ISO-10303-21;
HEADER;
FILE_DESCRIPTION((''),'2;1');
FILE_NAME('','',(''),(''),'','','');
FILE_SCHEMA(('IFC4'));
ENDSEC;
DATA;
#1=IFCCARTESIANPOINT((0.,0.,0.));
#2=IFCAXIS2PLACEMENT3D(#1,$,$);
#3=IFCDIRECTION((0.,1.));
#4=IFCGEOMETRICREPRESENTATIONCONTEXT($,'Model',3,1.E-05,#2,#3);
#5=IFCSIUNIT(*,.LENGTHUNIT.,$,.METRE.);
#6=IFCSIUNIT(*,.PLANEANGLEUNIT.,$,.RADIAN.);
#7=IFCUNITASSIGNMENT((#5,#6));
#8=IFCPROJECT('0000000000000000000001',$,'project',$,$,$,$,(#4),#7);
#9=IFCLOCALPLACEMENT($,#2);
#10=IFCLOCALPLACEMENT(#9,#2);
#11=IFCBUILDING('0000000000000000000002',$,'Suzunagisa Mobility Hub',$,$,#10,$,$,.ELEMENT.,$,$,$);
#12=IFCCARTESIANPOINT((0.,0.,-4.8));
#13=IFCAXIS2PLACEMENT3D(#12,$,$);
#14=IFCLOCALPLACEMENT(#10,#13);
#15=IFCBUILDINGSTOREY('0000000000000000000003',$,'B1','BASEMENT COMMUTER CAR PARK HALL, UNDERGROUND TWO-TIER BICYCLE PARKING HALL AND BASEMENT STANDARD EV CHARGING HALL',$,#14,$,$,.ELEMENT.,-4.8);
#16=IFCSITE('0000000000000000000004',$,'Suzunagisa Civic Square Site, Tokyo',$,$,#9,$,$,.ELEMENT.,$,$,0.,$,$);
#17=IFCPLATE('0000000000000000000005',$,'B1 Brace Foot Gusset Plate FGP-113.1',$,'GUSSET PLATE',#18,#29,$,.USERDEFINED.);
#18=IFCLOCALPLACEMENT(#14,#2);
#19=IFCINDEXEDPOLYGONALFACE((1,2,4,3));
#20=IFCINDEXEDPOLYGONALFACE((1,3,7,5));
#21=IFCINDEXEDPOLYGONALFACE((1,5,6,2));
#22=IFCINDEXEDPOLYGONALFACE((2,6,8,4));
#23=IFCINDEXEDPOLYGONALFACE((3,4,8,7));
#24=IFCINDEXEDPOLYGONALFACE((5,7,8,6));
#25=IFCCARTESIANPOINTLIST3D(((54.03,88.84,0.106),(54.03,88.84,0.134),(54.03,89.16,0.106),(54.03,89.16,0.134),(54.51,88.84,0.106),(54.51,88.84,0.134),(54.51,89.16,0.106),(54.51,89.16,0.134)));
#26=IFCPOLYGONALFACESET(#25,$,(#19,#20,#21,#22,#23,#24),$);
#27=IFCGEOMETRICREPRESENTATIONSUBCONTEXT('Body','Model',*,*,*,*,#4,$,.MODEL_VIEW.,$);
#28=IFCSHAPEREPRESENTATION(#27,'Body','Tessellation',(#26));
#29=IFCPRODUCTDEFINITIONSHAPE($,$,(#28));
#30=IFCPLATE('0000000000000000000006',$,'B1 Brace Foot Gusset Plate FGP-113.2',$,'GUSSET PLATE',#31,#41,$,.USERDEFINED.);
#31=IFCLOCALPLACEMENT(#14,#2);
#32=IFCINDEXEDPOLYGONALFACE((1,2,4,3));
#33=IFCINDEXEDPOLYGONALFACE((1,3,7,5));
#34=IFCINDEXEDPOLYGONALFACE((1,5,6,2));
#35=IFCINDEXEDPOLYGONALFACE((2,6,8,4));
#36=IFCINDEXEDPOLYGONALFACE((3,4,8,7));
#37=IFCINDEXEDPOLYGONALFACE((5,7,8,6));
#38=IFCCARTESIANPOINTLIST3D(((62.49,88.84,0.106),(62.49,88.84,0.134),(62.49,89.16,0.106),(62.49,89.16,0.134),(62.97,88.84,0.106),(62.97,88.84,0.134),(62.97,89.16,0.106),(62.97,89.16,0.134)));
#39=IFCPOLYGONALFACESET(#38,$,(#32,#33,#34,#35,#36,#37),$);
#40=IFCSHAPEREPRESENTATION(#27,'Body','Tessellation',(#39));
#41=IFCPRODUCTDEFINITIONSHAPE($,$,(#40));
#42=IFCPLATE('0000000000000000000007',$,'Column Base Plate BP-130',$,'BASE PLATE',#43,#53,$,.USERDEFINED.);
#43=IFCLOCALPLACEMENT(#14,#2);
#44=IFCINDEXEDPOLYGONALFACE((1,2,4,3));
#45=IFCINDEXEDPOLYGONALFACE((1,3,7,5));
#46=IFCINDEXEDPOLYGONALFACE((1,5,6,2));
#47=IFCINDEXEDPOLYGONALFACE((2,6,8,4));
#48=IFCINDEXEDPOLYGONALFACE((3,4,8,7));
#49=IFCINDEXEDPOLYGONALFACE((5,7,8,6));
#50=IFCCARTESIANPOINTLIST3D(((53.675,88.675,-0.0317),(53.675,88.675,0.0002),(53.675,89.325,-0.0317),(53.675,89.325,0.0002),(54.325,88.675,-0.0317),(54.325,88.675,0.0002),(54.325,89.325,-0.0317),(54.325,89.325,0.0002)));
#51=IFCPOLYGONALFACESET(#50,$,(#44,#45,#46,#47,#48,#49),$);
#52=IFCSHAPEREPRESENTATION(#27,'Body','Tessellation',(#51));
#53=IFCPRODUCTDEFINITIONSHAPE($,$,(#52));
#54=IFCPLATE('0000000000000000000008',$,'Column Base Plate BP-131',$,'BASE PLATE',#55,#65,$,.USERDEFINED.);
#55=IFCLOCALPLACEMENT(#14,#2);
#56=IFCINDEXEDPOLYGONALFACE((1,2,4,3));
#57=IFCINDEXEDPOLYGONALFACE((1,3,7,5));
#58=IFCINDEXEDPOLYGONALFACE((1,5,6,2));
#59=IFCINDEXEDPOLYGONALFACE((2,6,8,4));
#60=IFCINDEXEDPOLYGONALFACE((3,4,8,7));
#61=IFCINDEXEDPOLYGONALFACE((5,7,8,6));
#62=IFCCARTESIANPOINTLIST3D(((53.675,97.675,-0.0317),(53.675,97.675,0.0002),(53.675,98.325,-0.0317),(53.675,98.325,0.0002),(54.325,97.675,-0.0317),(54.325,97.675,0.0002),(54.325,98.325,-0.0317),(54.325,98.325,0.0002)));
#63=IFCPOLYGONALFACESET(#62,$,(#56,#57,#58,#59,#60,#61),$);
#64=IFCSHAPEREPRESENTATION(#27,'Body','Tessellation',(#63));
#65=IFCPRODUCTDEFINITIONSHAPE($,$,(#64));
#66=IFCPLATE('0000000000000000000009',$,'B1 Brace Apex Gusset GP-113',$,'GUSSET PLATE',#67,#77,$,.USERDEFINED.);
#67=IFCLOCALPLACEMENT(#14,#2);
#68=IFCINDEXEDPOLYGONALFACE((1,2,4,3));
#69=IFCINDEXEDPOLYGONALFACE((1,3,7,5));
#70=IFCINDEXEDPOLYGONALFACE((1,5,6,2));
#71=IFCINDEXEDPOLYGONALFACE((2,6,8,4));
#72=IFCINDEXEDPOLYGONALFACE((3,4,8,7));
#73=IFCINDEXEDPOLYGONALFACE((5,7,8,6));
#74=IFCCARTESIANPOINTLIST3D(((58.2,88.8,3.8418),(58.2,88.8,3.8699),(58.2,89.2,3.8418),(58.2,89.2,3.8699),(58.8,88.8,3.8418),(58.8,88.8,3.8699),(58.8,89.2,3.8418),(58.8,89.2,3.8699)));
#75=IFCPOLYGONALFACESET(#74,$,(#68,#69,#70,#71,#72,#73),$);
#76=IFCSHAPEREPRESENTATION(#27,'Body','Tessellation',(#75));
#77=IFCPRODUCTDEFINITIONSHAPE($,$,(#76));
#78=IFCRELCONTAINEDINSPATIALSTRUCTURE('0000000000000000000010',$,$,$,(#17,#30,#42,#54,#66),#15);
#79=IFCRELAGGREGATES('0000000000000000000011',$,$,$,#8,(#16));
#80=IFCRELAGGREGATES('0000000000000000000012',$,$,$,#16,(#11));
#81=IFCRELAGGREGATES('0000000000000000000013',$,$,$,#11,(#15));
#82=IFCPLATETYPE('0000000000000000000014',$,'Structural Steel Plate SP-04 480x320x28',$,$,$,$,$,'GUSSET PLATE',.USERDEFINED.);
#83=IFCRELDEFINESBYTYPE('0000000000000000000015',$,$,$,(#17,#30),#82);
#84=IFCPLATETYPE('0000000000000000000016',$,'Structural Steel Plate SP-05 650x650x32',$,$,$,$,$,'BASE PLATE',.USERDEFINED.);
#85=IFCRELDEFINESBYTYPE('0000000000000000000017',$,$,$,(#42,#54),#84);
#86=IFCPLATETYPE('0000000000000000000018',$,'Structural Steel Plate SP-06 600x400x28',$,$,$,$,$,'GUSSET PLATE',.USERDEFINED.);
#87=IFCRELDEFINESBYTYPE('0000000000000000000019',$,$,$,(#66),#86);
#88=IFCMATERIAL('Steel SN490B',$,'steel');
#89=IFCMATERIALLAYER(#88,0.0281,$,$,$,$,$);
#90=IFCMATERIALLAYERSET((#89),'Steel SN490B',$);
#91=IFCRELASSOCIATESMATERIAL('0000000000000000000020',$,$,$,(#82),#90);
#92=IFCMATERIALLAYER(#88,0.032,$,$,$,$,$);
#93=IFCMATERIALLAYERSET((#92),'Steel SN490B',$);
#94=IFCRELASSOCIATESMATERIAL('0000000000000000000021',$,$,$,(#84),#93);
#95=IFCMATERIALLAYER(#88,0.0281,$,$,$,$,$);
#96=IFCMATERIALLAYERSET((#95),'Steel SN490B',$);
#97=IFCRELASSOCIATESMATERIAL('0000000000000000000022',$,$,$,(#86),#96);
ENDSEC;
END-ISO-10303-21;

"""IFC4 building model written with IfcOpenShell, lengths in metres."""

from ifc_helpers import new_model, si_unit, direction, frame, origin, origin_2d, place, context, subcontext, project, spatial, rectangle, extrude, material, layer, layer_set, type_object, element, save


model = new_model("IFC4")

# Units and contexts
model_context = context("Model", 3, precision=1e-05, world=origin(), true_north=direction((0.0, 1.0)))
body_context = subcontext(model_context, "Body", "Model", "MODEL_VIEW")
ifc_project = project(units=[si_unit("LENGTHUNIT", "METRE"), si_unit("PLANEANGLEUNIT", "RADIAN")], contexts=[model_context])

# Site, building, storey
site_placement = place(None, origin())
site = spatial("IfcSite", under=ifc_project, at=site_placement, Name="Suzunagisa Civic Square Site, Tokyo", CompositionType="ELEMENT", RefElevation=0.0)
building_placement = place(site_placement, origin())
building = spatial("IfcBuilding", under=site, at=building_placement, Name="Suzunagisa Mobility Hub", CompositionType="ELEMENT")
storey_placement = place(building_placement, frame((0.0, 0.0, -4.8)))
storey = spatial("IfcBuildingStorey", under=building, at=storey_placement, Name="B1", Description="BASEMENT COMMUTER CAR PARK HALL, UNDERGROUND TWO-TIER BICYCLE PARKING HALL AND BASEMENT STANDARD EV CHARGING HALL", CompositionType="ELEMENT", Elevation=-4.8)

# Shared definitions
ifc_material_1 = material(Name="Steel SN490B", Category="steel")

# Plates
ifc_layer_1 = layer(ifc_material_1, 0.0281)
ifc_layer_set_1 = layer_set([ifc_layer_1], Name="Steel SN490B")
plate_type_1 = type_object("IfcPlateType", Name="Structural Steel Plate SP-04 480x320x28", ElementType="GUSSET PLATE", PredefinedType="USERDEFINED", material=ifc_layer_set_1)
for number, where, z_axis, x_axis, name in (
    (1, (54.27, 89.0, 0.106), (0.0, 0.0, 1.0), (1.0, 0.0, 0.0), "B1 Brace Foot Gusset Plate FGP-113.1"),
    (2, (62.73, 89.0, 0.106), (0.0, 0.0, 1.0), (1.0, 0.0, 0.0), "B1 Brace Foot Gusset Plate FGP-113.2"),
):
    element("IfcPlate", number, at=place(storey_placement, frame(where, z_axis=z_axis, x_axis=x_axis)), inside=storey, type_object=plate_type_1, Name=name, ObjectType="GUSSET PLATE", PredefinedType="USERDEFINED", context=body_context, shape_type="SweptSolid", body=[
        extrude(rectangle(XDim=0.48, YDim=0.3201, at=origin_2d()), origin(), (0.0, 0.0, 1.0), 0.0281),
    ])
ifc_layer_2 = layer(ifc_material_1, 0.032)
ifc_layer_set_2 = layer_set([ifc_layer_2], Name="Steel SN490B")
plate_type_2 = type_object("IfcPlateType", Name="Structural Steel Plate SP-05 650x650x32", ElementType="BASE PLATE", PredefinedType="USERDEFINED", material=ifc_layer_set_2)
for number, where, z_axis, x_axis, name in (
    (3, (54.0, 89.0, -0.0317), (0.0, 0.0, 1.0), (1.0, 0.0, 0.0), "Column Base Plate BP-130"),
    (4, (54.0, 98.0, -0.0317), (0.0, 0.0, 1.0), (1.0, 0.0, 0.0), "Column Base Plate BP-131"),
):
    element("IfcPlate", number, at=place(storey_placement, frame(where, z_axis=z_axis, x_axis=x_axis)), inside=storey, type_object=plate_type_2, Name=name, ObjectType="BASE PLATE", PredefinedType="USERDEFINED", context=body_context, shape_type="SweptSolid", body=[
        extrude(rectangle(XDim=0.6499, YDim=0.6499, at=origin_2d()), origin(), (0.0, 0.0, 1.0), 0.032),
    ])
ifc_layer_3 = layer(ifc_material_1, 0.0281)
ifc_layer_set_3 = layer_set([ifc_layer_3], Name="Steel SN490B")
plate_type_3 = type_object("IfcPlateType", Name="Structural Steel Plate SP-06 600x400x28", ElementType="GUSSET PLATE", PredefinedType="USERDEFINED", material=ifc_layer_set_3)
plate_placement = place(storey_placement, frame((58.5, 89.0, 3.8418), z_axis=(0.0, 0.0, 1.0), x_axis=(1.0, 0.0, 0.0)))
element("IfcPlate", 5, at=plate_placement, inside=storey, type_object=plate_type_3, Name="B1 Brace Apex Gusset GP-113", ObjectType="GUSSET PLATE", PredefinedType="USERDEFINED", context=body_context, shape_type="SweptSolid", body=[
    extrude(rectangle(XDim=0.6001, YDim=0.3999, at=origin_2d()), origin(), (0.0, 0.0, 1.0), 0.0281),
])

save(model, "model.ifc")
